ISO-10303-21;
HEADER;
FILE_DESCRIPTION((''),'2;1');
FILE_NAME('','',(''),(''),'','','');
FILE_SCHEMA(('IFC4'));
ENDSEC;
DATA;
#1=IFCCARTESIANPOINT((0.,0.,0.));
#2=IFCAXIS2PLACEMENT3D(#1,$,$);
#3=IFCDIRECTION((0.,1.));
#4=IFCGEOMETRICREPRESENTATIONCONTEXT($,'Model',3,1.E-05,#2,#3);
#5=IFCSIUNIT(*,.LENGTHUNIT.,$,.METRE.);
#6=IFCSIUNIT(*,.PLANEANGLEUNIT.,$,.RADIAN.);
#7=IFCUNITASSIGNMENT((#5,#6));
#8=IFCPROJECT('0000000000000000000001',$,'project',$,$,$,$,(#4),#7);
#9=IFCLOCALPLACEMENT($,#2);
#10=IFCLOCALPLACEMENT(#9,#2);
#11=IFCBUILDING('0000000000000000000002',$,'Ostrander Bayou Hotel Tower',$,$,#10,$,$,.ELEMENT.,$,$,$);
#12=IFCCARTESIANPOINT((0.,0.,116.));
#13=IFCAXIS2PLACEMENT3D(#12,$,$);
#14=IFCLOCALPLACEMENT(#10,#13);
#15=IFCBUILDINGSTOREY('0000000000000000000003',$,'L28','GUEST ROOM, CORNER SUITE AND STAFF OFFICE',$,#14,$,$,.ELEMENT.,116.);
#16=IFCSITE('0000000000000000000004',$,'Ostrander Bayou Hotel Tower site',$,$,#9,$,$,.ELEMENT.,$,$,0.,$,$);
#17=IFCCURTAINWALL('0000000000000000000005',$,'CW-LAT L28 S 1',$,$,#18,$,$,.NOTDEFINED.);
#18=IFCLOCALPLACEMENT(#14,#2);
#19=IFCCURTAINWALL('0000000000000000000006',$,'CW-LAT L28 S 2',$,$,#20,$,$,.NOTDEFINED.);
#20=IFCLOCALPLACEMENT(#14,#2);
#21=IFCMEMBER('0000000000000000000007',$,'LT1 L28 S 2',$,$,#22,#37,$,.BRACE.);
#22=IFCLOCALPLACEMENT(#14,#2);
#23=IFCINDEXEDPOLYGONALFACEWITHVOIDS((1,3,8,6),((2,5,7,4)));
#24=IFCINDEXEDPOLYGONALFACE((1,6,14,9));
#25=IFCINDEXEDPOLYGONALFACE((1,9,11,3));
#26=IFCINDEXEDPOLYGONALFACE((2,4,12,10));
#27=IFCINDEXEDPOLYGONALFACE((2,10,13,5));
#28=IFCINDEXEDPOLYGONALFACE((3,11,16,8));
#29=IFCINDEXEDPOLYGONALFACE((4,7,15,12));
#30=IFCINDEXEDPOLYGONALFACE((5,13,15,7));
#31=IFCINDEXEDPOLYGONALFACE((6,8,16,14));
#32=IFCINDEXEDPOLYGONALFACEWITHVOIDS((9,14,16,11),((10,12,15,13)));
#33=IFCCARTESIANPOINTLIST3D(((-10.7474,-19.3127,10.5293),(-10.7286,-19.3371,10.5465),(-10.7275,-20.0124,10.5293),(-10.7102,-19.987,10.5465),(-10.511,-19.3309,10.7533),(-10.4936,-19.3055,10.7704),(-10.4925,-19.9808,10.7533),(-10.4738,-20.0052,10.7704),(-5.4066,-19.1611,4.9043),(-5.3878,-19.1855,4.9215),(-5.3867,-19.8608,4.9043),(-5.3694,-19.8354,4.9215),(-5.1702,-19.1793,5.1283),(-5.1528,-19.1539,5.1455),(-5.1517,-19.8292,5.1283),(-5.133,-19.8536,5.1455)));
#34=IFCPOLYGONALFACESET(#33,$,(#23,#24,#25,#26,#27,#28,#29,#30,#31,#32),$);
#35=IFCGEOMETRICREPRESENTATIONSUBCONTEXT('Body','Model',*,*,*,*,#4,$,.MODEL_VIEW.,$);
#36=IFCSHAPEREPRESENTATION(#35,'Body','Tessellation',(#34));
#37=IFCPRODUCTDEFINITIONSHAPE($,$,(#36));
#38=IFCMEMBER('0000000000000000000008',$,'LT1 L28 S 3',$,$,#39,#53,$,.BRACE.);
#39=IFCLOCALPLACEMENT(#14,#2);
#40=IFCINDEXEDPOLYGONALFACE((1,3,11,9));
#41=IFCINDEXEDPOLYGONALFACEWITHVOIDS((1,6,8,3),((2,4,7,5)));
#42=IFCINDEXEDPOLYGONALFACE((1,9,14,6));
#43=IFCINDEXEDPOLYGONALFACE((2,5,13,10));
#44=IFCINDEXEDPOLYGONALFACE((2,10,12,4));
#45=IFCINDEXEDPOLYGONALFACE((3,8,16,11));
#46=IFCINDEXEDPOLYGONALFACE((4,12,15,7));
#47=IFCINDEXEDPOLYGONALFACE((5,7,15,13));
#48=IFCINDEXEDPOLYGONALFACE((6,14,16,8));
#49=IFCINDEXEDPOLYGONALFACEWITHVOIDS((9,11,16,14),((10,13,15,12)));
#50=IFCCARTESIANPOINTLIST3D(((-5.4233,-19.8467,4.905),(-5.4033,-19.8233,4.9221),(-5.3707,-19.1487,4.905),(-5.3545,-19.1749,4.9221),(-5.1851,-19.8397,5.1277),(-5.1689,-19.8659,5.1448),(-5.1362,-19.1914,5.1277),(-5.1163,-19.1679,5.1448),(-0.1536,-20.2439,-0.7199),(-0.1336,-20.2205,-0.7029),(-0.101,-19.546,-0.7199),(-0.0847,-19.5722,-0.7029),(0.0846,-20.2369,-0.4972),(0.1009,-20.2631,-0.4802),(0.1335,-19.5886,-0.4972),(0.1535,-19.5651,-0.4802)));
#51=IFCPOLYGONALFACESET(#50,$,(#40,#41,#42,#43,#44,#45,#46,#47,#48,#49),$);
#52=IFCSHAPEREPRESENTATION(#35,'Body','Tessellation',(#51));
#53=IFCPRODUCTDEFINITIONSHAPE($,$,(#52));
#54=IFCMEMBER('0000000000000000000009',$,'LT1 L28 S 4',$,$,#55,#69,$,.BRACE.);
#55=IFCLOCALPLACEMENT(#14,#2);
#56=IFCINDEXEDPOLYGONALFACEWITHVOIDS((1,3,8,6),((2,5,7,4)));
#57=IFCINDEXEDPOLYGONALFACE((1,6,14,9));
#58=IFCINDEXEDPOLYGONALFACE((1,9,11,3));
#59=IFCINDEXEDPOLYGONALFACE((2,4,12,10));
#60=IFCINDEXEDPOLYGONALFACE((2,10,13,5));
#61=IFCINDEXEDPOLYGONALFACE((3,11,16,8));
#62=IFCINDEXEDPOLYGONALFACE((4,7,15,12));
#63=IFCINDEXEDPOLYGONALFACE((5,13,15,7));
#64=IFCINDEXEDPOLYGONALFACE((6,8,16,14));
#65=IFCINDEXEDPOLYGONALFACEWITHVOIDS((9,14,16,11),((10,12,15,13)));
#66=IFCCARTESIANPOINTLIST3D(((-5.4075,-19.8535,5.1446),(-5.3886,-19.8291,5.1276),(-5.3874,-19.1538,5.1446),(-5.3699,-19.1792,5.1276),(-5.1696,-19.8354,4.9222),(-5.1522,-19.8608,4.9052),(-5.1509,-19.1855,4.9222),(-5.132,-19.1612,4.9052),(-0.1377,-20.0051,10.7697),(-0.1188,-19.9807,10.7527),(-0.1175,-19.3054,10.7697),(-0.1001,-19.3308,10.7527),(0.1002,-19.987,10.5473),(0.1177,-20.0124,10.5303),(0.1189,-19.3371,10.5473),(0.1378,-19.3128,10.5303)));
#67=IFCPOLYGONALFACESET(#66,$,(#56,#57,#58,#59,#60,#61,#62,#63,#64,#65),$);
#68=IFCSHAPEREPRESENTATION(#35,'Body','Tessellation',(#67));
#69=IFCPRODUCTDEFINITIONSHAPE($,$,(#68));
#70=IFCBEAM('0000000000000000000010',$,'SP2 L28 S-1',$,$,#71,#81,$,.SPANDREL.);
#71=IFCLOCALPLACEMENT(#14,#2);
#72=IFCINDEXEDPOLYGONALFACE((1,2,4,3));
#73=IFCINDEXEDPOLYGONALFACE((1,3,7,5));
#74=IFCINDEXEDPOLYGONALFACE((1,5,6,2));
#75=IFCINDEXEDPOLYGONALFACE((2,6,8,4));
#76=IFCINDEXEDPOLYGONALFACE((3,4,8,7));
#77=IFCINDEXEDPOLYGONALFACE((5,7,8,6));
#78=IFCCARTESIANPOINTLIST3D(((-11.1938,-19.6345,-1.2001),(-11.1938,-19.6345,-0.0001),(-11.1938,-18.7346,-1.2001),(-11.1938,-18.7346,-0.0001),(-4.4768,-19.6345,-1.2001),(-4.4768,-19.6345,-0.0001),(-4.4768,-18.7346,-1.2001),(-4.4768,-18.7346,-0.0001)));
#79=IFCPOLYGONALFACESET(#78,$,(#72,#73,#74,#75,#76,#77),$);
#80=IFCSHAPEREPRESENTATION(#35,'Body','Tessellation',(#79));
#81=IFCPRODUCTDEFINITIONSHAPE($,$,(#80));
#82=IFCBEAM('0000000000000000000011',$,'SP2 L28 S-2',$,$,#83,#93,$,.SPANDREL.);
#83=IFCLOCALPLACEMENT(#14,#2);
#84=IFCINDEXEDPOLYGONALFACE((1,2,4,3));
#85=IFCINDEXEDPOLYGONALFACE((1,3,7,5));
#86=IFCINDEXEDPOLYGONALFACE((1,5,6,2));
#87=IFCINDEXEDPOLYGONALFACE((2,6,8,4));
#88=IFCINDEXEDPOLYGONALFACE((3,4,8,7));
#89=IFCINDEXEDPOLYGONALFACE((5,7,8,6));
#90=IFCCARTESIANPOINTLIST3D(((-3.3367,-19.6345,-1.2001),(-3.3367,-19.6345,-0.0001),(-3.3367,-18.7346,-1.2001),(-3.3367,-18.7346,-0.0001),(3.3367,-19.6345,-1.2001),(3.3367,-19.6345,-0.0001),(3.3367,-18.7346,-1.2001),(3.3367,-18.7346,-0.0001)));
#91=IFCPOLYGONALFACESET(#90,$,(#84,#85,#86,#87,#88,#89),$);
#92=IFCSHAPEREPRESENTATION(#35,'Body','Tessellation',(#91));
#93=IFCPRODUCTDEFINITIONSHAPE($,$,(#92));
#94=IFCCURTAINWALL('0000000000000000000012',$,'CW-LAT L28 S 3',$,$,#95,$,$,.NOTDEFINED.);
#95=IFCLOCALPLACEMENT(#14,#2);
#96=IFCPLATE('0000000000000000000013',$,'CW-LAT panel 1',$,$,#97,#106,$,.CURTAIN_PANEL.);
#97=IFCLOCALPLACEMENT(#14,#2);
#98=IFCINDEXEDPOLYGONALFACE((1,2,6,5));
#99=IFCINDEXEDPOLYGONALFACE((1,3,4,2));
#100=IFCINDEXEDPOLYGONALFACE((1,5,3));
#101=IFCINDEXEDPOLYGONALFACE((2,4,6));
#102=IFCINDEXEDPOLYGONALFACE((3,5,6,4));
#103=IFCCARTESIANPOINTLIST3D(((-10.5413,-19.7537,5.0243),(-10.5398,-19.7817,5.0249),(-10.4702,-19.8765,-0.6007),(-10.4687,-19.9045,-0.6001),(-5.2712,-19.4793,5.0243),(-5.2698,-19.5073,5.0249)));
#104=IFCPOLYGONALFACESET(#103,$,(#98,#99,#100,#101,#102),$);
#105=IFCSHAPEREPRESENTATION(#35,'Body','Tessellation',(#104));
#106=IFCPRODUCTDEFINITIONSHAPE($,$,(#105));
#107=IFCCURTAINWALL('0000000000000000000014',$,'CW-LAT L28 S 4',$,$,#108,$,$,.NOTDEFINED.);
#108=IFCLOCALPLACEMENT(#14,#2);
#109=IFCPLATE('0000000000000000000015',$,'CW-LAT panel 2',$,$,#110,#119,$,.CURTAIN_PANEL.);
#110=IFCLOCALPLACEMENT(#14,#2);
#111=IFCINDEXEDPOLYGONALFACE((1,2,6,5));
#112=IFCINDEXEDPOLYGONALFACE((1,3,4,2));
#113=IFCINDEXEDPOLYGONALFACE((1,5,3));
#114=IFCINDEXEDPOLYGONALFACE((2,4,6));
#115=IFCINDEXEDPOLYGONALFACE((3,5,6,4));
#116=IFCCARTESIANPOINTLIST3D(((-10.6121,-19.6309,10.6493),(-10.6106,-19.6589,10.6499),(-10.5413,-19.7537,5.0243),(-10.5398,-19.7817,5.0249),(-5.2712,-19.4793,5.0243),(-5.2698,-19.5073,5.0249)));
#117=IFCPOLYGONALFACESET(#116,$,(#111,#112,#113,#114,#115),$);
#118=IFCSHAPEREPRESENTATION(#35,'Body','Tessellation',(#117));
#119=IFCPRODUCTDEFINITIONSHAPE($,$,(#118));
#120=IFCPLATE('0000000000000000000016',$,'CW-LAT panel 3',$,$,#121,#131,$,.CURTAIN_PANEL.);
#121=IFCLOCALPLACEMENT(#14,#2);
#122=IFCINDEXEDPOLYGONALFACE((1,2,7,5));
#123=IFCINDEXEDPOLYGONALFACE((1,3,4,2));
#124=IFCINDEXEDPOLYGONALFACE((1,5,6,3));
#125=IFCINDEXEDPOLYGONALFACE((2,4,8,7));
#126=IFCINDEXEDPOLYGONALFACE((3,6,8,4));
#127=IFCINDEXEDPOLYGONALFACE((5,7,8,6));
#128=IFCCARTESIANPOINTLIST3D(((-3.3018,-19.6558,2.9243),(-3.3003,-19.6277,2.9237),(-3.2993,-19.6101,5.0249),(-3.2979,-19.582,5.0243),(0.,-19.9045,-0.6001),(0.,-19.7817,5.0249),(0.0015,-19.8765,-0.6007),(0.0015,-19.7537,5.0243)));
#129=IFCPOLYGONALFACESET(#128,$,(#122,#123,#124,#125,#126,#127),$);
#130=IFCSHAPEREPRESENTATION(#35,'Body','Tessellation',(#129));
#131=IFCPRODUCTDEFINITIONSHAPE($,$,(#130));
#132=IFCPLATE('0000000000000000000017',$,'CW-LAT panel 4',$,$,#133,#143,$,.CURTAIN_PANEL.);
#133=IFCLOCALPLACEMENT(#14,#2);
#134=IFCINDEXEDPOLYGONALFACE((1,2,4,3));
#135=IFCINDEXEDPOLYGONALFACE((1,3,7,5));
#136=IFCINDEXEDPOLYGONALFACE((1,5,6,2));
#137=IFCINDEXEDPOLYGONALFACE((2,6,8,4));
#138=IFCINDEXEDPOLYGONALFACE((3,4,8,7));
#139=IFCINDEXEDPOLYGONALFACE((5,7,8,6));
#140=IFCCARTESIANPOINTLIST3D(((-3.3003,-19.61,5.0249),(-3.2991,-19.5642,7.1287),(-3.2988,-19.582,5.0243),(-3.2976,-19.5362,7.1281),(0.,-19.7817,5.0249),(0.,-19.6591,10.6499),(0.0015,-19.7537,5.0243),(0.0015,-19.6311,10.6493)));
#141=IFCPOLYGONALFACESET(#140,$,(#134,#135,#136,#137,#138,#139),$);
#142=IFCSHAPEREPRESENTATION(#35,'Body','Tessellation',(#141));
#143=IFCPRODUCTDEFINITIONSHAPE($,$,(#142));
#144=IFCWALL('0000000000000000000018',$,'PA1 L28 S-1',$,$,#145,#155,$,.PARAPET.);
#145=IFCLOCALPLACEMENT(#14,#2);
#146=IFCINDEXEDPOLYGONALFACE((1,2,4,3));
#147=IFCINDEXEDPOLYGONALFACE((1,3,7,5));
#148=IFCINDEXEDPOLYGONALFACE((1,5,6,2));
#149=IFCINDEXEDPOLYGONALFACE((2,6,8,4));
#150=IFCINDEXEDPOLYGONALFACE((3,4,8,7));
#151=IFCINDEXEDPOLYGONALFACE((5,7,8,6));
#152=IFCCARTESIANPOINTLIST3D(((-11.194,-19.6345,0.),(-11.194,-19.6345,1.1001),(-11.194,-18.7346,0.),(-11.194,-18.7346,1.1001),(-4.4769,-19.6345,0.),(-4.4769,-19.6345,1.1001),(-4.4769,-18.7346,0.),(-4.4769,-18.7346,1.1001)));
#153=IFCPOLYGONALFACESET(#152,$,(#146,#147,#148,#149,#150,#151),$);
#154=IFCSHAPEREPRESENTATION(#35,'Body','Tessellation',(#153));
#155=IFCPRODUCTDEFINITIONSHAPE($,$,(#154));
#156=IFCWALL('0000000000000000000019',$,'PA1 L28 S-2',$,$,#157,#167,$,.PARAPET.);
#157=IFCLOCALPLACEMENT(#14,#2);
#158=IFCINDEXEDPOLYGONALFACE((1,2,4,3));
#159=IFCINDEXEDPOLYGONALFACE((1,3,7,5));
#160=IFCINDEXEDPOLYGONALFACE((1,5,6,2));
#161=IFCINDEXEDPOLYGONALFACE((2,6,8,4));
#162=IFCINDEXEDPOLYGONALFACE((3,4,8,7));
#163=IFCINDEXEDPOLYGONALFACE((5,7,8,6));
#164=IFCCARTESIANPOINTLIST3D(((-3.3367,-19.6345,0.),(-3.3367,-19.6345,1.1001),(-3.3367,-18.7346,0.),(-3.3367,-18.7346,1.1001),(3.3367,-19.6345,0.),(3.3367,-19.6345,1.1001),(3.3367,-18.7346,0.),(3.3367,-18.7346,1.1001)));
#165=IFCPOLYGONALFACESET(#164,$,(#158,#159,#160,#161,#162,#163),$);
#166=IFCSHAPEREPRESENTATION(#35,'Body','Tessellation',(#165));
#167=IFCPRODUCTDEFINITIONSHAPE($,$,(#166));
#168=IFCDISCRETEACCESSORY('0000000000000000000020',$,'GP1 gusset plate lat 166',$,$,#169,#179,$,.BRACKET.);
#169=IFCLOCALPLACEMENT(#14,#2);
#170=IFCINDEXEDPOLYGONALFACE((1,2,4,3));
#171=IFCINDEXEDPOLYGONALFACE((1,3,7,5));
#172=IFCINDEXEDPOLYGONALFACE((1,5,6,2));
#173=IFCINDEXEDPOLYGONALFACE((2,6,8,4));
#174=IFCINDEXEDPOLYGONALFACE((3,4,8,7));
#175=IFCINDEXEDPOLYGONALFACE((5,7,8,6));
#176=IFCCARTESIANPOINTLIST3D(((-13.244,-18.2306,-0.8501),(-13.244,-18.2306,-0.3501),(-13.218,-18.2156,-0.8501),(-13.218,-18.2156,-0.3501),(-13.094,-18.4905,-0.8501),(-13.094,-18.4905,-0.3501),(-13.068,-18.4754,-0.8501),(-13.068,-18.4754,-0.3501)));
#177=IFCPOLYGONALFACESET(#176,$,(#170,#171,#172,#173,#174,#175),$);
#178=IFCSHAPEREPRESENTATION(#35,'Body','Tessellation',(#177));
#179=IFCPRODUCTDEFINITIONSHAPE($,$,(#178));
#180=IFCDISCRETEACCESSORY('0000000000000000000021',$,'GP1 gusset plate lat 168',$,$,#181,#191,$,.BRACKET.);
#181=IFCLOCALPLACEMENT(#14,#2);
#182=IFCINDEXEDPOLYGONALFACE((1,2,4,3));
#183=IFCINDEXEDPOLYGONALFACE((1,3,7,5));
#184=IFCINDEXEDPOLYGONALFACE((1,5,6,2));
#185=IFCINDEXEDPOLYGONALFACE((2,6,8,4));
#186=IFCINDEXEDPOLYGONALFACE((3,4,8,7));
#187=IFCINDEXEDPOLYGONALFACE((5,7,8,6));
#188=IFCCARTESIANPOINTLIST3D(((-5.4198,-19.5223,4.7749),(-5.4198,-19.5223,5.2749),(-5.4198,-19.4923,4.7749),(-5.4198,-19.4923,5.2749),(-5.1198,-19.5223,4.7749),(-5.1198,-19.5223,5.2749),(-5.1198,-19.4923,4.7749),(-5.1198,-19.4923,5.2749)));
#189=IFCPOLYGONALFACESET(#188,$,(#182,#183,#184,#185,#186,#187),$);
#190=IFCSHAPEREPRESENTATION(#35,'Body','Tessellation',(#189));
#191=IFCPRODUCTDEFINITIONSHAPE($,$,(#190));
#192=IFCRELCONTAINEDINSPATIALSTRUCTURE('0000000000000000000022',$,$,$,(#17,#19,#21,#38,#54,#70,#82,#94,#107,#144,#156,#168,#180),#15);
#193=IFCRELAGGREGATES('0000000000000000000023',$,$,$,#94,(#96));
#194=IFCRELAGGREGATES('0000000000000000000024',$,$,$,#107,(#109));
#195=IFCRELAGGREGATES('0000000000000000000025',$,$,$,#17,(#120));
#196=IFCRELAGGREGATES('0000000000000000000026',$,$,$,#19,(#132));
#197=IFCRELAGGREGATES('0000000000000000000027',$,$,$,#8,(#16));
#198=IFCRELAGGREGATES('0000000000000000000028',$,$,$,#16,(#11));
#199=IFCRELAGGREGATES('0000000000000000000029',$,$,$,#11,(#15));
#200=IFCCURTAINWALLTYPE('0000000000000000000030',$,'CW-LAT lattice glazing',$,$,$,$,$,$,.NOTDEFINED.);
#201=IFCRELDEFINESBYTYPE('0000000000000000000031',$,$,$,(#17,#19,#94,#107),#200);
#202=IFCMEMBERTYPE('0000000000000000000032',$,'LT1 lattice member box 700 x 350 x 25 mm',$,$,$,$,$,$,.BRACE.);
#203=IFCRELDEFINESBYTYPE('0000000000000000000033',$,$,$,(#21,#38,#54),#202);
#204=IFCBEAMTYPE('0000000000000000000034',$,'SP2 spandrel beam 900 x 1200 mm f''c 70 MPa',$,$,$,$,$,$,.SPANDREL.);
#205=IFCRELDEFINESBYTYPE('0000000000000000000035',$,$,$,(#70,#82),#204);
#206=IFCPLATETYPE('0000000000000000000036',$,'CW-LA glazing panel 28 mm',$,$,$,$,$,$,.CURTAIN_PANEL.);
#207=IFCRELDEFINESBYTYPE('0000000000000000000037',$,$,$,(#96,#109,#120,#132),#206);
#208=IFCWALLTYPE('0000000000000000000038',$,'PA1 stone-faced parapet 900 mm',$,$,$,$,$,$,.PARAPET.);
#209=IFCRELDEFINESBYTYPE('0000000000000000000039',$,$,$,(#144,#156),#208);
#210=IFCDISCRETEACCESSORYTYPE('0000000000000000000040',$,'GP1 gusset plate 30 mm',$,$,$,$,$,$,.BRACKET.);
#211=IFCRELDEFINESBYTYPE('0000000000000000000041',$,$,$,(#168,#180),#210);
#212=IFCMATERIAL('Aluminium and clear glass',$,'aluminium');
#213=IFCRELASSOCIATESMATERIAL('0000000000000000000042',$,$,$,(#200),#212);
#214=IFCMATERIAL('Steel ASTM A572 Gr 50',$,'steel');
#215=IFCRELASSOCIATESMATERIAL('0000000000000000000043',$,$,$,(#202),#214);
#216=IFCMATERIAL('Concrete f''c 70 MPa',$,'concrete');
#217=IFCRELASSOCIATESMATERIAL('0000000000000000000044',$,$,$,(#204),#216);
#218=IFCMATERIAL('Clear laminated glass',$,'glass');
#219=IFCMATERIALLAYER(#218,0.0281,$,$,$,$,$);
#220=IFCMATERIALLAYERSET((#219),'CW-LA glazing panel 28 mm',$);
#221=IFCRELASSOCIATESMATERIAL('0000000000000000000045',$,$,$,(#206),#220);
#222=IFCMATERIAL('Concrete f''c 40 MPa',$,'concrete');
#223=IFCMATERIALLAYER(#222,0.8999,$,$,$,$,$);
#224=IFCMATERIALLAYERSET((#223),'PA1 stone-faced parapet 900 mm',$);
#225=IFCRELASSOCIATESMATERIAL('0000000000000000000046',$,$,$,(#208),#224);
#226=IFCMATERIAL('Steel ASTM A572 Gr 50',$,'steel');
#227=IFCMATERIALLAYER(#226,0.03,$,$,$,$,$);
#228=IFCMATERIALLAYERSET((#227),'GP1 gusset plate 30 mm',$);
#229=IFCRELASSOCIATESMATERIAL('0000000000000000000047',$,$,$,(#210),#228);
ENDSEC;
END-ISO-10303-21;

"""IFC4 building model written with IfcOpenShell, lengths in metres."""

from ifc_helpers import new_model, si_unit, direction, frame, frame_2d, origin, origin_2d, place, context, subcontext, project, spatial, polyline, rectangle, hollow_rectangle, outline, extrude, material, layer, layer_set, material_profile, profile_set, type_object, element, aggregate, save


model = new_model("IFC4")

# Units and contexts
model_context = context("Model", 3, precision=1e-05, world=origin(), true_north=direction((0.0, 1.0)))
body_context = subcontext(model_context, "Body", "Model", "MODEL_VIEW")
ifc_project = project(units=[si_unit("LENGTHUNIT", "METRE"), si_unit("PLANEANGLEUNIT", "RADIAN")], contexts=[model_context])

# Site, building, storey
site_placement = place(None, origin())
site = spatial("IfcSite", under=ifc_project, at=site_placement, Name="Ostrander Bayou Hotel Tower site", CompositionType="ELEMENT", RefElevation=0.0)
building_placement = place(site_placement, origin())
building = spatial("IfcBuilding", under=site, at=building_placement, Name="Ostrander Bayou Hotel Tower", CompositionType="ELEMENT")
storey_placement = place(building_placement, frame((0.0, 0.0, 116.0)))
storey = spatial("IfcBuildingStorey", under=building, at=storey_placement, Name="L28", Description="GUEST ROOM, CORNER SUITE AND STAFF OFFICE", CompositionType="ELEMENT", Elevation=116.0)

# Shared definitions
ifc_material_1 = material(Name="Aluminium and clear glass", Category="aluminium")
curtain_wall_type = type_object("IfcCurtainWallType", Name="CW-LAT lattice glazing", PredefinedType="NOTDEFINED", material=ifc_material_1)

# Curtain wall
curtain_wall_1_placement = place(storey_placement, origin())
curtain_wall_1 = element("IfcCurtainWall", 1, at=curtain_wall_1_placement, inside=storey, type_object=curtain_wall_type, Name="CW-LAT L28 S 1", PredefinedType="NOTDEFINED")

# Curtain wall
curtain_wall_2_placement = place(storey_placement, origin())
curtain_wall_2 = element("IfcCurtainWall", 2, at=curtain_wall_2_placement, inside=storey, type_object=curtain_wall_type, Name="CW-LAT L28 S 2", PredefinedType="NOTDEFINED")

# Members
ifc_material_2 = material(Name="Steel ASTM A572 Gr 50", Category="steel")
ifc_material_profile_1 = material_profile(ifc_material_2, hollow_rectangle(XDim=0.7, YDim=0.3501, WallThickness=0.0249, at=origin_2d()))
ifc_profile_set_1 = profile_set([ifc_material_profile_1], Name="Steel ASTM A572 Gr 50")
member_type_1 = type_object("IfcMemberType", Name="LT1 lattice member box 700 x 350 x 25 mm", PredefinedType="BRACE", material=ifc_profile_set_1)
member_1_placement = place(storey_placement, frame((-5.2698, -19.5073, 5.0249), z_axis=(-0.688419, -0.019542, 0.72505), x_axis=(0.028376, -0.999597, 0.0)))
element("IfcMember", 3, at=member_1_placement, inside=storey, type_object=member_type_1, Name="LT1 L28 S 2", PredefinedType="BRACE", context=body_context, shape_type="SweptSolid", body=[
    extrude(hollow_rectangle(XDim=0.7, YDim=0.3501, WallThickness=0.0249, at=origin_2d()), origin(), (0.0, 0.0, 1.0), 7.7581),
])
member_2_placement = place(storey_placement, frame((-5.2698, -19.5073, 5.0249), z_axis=(0.682782, -0.051466, -0.728807), x_axis=(0.075163, 0.997171, 0.0)))
element("IfcMember", 4, at=member_2_placement, inside=storey, type_object=member_type_1, Name="LT1 L28 S 3", PredefinedType="BRACE", context=body_context, shape_type="SweptSolid", body=[
    extrude(hollow_rectangle(XDim=0.7, YDim=0.3501, WallThickness=0.0249, at=origin_2d()), origin(), (0.0, 0.0, 1.0), 7.718),
])
member_3_placement = place(storey_placement, frame((-5.2698, -19.5073, 5.0249), z_axis=(0.683556, -0.019666, 0.729633), x_axis=(0.028758, 0.999586, 0.0)))
element("IfcMember", 5, at=member_3_placement, inside=storey, type_object=member_type_1, Name="LT1 L28 S 4", PredefinedType="BRACE", context=body_context, shape_type="SweptSolid", body=[
    extrude(hollow_rectangle(XDim=0.7, YDim=0.3501, WallThickness=0.0249, at=origin_2d()), origin(), (0.0, 0.0, 1.0), 7.7095),
])

# Beams
ifc_material_3 = material(Name="Concrete f'c 70 MPa", Category="concrete")
ifc_material_profile_2 = material_profile(ifc_material_3, rectangle(XDim=0.8999, YDim=1.2, at=origin_2d()))
ifc_profile_set_2 = profile_set([ifc_material_profile_2], Name="Concrete f'c 70 MPa")
beam_type_1 = type_object("IfcBeamType", Name="SP2 spandrel beam 900 x 1200 mm f'c 70 MPa", PredefinedType="SPANDREL", material=ifc_profile_set_2)
beam_1_placement = place(storey_placement, frame((-11.1938, -19.1846, -0.6001), z_axis=(1.0, 0.0, 0.0), x_axis=(0.0, 1.0, 0.0)))
element("IfcBeam", 6, at=beam_1_placement, inside=storey, type_object=beam_type_1, Name="SP2 L28 S-1", PredefinedType="SPANDREL", context=body_context, shape_type="SweptSolid", body=[
    extrude(rectangle(XDim=0.8999, YDim=1.2, at=origin_2d()), origin(), (0.0, 0.0, 1.0), 6.717),
])
beam_2_placement = place(storey_placement, frame((-3.3367, -19.1846, -0.6001), z_axis=(1.0, 0.0, 0.0), x_axis=(0.0, 1.0, 0.0)))
element("IfcBeam", 7, at=beam_2_placement, inside=storey, type_object=beam_type_1, Name="SP2 L28 S-2", PredefinedType="SPANDREL", context=body_context, shape_type="SweptSolid", body=[
    extrude(rectangle(XDim=0.8999, YDim=1.2, at=origin_2d()), origin(), (0.0, 0.0, 1.0), 6.6733),
])

# Curtain walls, plates
curtain_wall_3_placement = place(storey_placement, origin())
curtain_wall_3 = element("IfcCurtainWall", 8, at=curtain_wall_3_placement, inside=storey, type_object=curtain_wall_type, Name="CW-LAT L28 S 3", PredefinedType="NOTDEFINED")
ifc_material_4 = material(Name="Clear laminated glass", Category="glass")
ifc_layer_1 = layer(ifc_material_4, 0.0281)
ifc_layer_set_1 = layer_set([ifc_layer_1], Name="CW-LA glazing panel 28 mm")
plate_type = type_object("IfcPlateType", Name="CW-LA glazing panel 28 mm", PredefinedType="CURTAIN_PANEL", material=ifc_layer_set_1)
plate_1_placement = place(storey_placement, frame((-5.2698, -19.5073, 5.0249), z_axis=(0.051987, -0.998395, 0.022453), x_axis=(-0.677839, -0.051789, -0.733384)))
plate_1 = element("IfcPlate", 9, at=plate_1_placement, type_object=plate_type, Name="CW-LAT panel 1", PredefinedType="CURTAIN_PANEL", context=body_context, shape_type="SweptSolid", body=[
    extrude(outline(polyline([(0.0, 0.0), (7.6699, 0.0), (3.5864, -3.8712), (0.0, 0.0)])), origin(), (0.0, 0.0, -1.0), 0.0281),
])
aggregate(curtain_wall_3, [plate_1])
curtain_wall_4_placement = place(storey_placement, origin())
curtain_wall_4 = element("IfcCurtainWall", 10, at=curtain_wall_4_placement, inside=storey, type_object=curtain_wall_type, Name="CW-LAT L28 S 4", PredefinedType="NOTDEFINED")
plate_2_placement = place(storey_placement, frame((-5.2698, -19.5073, 5.0249), z_axis=(0.051987, -0.998395, 0.022451), x_axis=(-0.688419, -0.019542, 0.72505)))
plate_2 = element("IfcPlate", 11, at=plate_2_placement, type_object=plate_type, Name="CW-LAT panel 2", PredefinedType="CURTAIN_PANEL", context=body_context, shape_type="SweptSolid", body=[
    extrude(outline(polyline([(0.0, 0.0), (7.7581, 0.0), (3.6333, 3.8272), (0.0, 0.0)])), origin(), (0.0, 0.0, -1.0), 0.0281),
])
aggregate(curtain_wall_4, [plate_2])

# Plates
plate_3_placement = place(storey_placement, frame((-3.3018, -19.6558, 2.9243), z_axis=(-0.051955, -0.998412, 0.021787), x_axis=(0.682774, -0.051434, -0.728817)))
plate_3 = element("IfcPlate", 12, at=plate_3_placement, type_object=plate_type, Name="CW-LAT panel 3", PredefinedType="CURTAIN_PANEL", context=body_context, shape_type="SweptSolid", body=[
    extrude(outline(polyline([(0.0, 0.0), (4.8358, 0.0), (0.7299, 3.8467), (-1.5316, 1.4383), (0.0, 0.0)])), origin(), (0.0, 0.0, -1.0), 0.0281),
])
aggregate(curtain_wall_1, [plate_3])
plate_4_placement = place(storey_placement, frame((-3.2991, -19.5642, 7.1287), z_axis=(-0.05195, -0.998412, 0.02177), x_axis=(0.683577, -0.019659, 0.729613)))
plate_4 = element("IfcPlate", 13, at=plate_4_placement, type_object=plate_type, Name="CW-LAT panel 4", PredefinedType="CURTAIN_PANEL", context=body_context, shape_type="SweptSolid", body=[
    extrude(outline(polyline([(0.0, 0.0), (4.8262, 0.0), (0.7245, -3.8512), (-1.5349, -1.4395), (0.0, 0.0)])), origin(), (0.0, 0.0, -1.0), 0.0281),
])
aggregate(curtain_wall_2, [plate_4])

# Walls
ifc_material_5 = material(Name="Concrete f'c 40 MPa", Category="concrete")
ifc_layer_2 = layer(ifc_material_5, 0.8999)
ifc_layer_set_2 = layer_set([ifc_layer_2], Name="PA1 stone-faced parapet 900 mm")
wall_type = type_object("IfcWallType", Name="PA1 stone-faced parapet 900 mm", PredefinedType="PARAPET", material=ifc_layer_set_2)
wall_1_placement = place(storey_placement, frame((-11.1938, -19.1846, 0.0), z_axis=(0.0, 0.0, 1.0), x_axis=(1.0, 0.0, 0.0)))
element("IfcWall", 14, at=wall_1_placement, inside=storey, type_object=wall_type, Name="PA1 L28 S-1", PredefinedType="PARAPET", context=body_context, shape_type="SweptSolid", body=[
    extrude(rectangle(XDim=6.717, YDim=0.8999, at=frame_2d((3.3584, 0.0))), origin(), (0.0, 0.0, 1.0), 1.1001),
])
wall_2_placement = place(storey_placement, frame((-3.3367, -19.1846, 0.0), z_axis=(0.0, 0.0, 1.0), x_axis=(1.0, 0.0, 0.0)))
element("IfcWall", 15, at=wall_2_placement, inside=storey, type_object=wall_type, Name="PA1 L28 S-2", PredefinedType="PARAPET", context=body_context, shape_type="SweptSolid", body=[
    extrude(rectangle(XDim=6.6733, YDim=0.8999, at=frame_2d((3.3367, 0.0))), origin(), (0.0, 0.0, 1.0), 1.1001),
])

# Discrete accessories
ifc_material_6 = material(Name="Steel ASTM A572 Gr 50", Category="steel")
ifc_layer_3 = layer(ifc_material_6, 0.03)
ifc_layer_set_3 = layer_set([ifc_layer_3], Name="GP1 gusset plate 30 mm")
discrete_accessory_type = type_object("IfcDiscreteAccessoryType", Name="GP1 gusset plate 30 mm", PredefinedType="BRACKET", material=ifc_layer_set_3)
for number, where, z_axis, x_axis, name in (
    (16, (-13.156, -18.353, -0.8501), (0.0, 0.0, 1.0), (0.5, -0.866025, 0.0), "GP1 gusset plate lat 166"),
    (17, (-5.2698, -19.5073, 4.7749), (0.0, 0.0, 1.0), (1.0, 0.0, 0.0), "GP1 gusset plate lat 168"),
):
    element("IfcDiscreteAccessory", number, at=place(storey_placement, frame(where, z_axis=z_axis, x_axis=x_axis)), inside=storey, type_object=discrete_accessory_type, Name=name, PredefinedType="BRACKET", context=body_context, shape_type="SweptSolid", body=[
        extrude(rectangle(XDim=0.3, YDim=0.03, at=origin_2d()), origin(), (0.0, 0.0, 1.0), 0.5),
    ])

save(model, "model.ifc")
